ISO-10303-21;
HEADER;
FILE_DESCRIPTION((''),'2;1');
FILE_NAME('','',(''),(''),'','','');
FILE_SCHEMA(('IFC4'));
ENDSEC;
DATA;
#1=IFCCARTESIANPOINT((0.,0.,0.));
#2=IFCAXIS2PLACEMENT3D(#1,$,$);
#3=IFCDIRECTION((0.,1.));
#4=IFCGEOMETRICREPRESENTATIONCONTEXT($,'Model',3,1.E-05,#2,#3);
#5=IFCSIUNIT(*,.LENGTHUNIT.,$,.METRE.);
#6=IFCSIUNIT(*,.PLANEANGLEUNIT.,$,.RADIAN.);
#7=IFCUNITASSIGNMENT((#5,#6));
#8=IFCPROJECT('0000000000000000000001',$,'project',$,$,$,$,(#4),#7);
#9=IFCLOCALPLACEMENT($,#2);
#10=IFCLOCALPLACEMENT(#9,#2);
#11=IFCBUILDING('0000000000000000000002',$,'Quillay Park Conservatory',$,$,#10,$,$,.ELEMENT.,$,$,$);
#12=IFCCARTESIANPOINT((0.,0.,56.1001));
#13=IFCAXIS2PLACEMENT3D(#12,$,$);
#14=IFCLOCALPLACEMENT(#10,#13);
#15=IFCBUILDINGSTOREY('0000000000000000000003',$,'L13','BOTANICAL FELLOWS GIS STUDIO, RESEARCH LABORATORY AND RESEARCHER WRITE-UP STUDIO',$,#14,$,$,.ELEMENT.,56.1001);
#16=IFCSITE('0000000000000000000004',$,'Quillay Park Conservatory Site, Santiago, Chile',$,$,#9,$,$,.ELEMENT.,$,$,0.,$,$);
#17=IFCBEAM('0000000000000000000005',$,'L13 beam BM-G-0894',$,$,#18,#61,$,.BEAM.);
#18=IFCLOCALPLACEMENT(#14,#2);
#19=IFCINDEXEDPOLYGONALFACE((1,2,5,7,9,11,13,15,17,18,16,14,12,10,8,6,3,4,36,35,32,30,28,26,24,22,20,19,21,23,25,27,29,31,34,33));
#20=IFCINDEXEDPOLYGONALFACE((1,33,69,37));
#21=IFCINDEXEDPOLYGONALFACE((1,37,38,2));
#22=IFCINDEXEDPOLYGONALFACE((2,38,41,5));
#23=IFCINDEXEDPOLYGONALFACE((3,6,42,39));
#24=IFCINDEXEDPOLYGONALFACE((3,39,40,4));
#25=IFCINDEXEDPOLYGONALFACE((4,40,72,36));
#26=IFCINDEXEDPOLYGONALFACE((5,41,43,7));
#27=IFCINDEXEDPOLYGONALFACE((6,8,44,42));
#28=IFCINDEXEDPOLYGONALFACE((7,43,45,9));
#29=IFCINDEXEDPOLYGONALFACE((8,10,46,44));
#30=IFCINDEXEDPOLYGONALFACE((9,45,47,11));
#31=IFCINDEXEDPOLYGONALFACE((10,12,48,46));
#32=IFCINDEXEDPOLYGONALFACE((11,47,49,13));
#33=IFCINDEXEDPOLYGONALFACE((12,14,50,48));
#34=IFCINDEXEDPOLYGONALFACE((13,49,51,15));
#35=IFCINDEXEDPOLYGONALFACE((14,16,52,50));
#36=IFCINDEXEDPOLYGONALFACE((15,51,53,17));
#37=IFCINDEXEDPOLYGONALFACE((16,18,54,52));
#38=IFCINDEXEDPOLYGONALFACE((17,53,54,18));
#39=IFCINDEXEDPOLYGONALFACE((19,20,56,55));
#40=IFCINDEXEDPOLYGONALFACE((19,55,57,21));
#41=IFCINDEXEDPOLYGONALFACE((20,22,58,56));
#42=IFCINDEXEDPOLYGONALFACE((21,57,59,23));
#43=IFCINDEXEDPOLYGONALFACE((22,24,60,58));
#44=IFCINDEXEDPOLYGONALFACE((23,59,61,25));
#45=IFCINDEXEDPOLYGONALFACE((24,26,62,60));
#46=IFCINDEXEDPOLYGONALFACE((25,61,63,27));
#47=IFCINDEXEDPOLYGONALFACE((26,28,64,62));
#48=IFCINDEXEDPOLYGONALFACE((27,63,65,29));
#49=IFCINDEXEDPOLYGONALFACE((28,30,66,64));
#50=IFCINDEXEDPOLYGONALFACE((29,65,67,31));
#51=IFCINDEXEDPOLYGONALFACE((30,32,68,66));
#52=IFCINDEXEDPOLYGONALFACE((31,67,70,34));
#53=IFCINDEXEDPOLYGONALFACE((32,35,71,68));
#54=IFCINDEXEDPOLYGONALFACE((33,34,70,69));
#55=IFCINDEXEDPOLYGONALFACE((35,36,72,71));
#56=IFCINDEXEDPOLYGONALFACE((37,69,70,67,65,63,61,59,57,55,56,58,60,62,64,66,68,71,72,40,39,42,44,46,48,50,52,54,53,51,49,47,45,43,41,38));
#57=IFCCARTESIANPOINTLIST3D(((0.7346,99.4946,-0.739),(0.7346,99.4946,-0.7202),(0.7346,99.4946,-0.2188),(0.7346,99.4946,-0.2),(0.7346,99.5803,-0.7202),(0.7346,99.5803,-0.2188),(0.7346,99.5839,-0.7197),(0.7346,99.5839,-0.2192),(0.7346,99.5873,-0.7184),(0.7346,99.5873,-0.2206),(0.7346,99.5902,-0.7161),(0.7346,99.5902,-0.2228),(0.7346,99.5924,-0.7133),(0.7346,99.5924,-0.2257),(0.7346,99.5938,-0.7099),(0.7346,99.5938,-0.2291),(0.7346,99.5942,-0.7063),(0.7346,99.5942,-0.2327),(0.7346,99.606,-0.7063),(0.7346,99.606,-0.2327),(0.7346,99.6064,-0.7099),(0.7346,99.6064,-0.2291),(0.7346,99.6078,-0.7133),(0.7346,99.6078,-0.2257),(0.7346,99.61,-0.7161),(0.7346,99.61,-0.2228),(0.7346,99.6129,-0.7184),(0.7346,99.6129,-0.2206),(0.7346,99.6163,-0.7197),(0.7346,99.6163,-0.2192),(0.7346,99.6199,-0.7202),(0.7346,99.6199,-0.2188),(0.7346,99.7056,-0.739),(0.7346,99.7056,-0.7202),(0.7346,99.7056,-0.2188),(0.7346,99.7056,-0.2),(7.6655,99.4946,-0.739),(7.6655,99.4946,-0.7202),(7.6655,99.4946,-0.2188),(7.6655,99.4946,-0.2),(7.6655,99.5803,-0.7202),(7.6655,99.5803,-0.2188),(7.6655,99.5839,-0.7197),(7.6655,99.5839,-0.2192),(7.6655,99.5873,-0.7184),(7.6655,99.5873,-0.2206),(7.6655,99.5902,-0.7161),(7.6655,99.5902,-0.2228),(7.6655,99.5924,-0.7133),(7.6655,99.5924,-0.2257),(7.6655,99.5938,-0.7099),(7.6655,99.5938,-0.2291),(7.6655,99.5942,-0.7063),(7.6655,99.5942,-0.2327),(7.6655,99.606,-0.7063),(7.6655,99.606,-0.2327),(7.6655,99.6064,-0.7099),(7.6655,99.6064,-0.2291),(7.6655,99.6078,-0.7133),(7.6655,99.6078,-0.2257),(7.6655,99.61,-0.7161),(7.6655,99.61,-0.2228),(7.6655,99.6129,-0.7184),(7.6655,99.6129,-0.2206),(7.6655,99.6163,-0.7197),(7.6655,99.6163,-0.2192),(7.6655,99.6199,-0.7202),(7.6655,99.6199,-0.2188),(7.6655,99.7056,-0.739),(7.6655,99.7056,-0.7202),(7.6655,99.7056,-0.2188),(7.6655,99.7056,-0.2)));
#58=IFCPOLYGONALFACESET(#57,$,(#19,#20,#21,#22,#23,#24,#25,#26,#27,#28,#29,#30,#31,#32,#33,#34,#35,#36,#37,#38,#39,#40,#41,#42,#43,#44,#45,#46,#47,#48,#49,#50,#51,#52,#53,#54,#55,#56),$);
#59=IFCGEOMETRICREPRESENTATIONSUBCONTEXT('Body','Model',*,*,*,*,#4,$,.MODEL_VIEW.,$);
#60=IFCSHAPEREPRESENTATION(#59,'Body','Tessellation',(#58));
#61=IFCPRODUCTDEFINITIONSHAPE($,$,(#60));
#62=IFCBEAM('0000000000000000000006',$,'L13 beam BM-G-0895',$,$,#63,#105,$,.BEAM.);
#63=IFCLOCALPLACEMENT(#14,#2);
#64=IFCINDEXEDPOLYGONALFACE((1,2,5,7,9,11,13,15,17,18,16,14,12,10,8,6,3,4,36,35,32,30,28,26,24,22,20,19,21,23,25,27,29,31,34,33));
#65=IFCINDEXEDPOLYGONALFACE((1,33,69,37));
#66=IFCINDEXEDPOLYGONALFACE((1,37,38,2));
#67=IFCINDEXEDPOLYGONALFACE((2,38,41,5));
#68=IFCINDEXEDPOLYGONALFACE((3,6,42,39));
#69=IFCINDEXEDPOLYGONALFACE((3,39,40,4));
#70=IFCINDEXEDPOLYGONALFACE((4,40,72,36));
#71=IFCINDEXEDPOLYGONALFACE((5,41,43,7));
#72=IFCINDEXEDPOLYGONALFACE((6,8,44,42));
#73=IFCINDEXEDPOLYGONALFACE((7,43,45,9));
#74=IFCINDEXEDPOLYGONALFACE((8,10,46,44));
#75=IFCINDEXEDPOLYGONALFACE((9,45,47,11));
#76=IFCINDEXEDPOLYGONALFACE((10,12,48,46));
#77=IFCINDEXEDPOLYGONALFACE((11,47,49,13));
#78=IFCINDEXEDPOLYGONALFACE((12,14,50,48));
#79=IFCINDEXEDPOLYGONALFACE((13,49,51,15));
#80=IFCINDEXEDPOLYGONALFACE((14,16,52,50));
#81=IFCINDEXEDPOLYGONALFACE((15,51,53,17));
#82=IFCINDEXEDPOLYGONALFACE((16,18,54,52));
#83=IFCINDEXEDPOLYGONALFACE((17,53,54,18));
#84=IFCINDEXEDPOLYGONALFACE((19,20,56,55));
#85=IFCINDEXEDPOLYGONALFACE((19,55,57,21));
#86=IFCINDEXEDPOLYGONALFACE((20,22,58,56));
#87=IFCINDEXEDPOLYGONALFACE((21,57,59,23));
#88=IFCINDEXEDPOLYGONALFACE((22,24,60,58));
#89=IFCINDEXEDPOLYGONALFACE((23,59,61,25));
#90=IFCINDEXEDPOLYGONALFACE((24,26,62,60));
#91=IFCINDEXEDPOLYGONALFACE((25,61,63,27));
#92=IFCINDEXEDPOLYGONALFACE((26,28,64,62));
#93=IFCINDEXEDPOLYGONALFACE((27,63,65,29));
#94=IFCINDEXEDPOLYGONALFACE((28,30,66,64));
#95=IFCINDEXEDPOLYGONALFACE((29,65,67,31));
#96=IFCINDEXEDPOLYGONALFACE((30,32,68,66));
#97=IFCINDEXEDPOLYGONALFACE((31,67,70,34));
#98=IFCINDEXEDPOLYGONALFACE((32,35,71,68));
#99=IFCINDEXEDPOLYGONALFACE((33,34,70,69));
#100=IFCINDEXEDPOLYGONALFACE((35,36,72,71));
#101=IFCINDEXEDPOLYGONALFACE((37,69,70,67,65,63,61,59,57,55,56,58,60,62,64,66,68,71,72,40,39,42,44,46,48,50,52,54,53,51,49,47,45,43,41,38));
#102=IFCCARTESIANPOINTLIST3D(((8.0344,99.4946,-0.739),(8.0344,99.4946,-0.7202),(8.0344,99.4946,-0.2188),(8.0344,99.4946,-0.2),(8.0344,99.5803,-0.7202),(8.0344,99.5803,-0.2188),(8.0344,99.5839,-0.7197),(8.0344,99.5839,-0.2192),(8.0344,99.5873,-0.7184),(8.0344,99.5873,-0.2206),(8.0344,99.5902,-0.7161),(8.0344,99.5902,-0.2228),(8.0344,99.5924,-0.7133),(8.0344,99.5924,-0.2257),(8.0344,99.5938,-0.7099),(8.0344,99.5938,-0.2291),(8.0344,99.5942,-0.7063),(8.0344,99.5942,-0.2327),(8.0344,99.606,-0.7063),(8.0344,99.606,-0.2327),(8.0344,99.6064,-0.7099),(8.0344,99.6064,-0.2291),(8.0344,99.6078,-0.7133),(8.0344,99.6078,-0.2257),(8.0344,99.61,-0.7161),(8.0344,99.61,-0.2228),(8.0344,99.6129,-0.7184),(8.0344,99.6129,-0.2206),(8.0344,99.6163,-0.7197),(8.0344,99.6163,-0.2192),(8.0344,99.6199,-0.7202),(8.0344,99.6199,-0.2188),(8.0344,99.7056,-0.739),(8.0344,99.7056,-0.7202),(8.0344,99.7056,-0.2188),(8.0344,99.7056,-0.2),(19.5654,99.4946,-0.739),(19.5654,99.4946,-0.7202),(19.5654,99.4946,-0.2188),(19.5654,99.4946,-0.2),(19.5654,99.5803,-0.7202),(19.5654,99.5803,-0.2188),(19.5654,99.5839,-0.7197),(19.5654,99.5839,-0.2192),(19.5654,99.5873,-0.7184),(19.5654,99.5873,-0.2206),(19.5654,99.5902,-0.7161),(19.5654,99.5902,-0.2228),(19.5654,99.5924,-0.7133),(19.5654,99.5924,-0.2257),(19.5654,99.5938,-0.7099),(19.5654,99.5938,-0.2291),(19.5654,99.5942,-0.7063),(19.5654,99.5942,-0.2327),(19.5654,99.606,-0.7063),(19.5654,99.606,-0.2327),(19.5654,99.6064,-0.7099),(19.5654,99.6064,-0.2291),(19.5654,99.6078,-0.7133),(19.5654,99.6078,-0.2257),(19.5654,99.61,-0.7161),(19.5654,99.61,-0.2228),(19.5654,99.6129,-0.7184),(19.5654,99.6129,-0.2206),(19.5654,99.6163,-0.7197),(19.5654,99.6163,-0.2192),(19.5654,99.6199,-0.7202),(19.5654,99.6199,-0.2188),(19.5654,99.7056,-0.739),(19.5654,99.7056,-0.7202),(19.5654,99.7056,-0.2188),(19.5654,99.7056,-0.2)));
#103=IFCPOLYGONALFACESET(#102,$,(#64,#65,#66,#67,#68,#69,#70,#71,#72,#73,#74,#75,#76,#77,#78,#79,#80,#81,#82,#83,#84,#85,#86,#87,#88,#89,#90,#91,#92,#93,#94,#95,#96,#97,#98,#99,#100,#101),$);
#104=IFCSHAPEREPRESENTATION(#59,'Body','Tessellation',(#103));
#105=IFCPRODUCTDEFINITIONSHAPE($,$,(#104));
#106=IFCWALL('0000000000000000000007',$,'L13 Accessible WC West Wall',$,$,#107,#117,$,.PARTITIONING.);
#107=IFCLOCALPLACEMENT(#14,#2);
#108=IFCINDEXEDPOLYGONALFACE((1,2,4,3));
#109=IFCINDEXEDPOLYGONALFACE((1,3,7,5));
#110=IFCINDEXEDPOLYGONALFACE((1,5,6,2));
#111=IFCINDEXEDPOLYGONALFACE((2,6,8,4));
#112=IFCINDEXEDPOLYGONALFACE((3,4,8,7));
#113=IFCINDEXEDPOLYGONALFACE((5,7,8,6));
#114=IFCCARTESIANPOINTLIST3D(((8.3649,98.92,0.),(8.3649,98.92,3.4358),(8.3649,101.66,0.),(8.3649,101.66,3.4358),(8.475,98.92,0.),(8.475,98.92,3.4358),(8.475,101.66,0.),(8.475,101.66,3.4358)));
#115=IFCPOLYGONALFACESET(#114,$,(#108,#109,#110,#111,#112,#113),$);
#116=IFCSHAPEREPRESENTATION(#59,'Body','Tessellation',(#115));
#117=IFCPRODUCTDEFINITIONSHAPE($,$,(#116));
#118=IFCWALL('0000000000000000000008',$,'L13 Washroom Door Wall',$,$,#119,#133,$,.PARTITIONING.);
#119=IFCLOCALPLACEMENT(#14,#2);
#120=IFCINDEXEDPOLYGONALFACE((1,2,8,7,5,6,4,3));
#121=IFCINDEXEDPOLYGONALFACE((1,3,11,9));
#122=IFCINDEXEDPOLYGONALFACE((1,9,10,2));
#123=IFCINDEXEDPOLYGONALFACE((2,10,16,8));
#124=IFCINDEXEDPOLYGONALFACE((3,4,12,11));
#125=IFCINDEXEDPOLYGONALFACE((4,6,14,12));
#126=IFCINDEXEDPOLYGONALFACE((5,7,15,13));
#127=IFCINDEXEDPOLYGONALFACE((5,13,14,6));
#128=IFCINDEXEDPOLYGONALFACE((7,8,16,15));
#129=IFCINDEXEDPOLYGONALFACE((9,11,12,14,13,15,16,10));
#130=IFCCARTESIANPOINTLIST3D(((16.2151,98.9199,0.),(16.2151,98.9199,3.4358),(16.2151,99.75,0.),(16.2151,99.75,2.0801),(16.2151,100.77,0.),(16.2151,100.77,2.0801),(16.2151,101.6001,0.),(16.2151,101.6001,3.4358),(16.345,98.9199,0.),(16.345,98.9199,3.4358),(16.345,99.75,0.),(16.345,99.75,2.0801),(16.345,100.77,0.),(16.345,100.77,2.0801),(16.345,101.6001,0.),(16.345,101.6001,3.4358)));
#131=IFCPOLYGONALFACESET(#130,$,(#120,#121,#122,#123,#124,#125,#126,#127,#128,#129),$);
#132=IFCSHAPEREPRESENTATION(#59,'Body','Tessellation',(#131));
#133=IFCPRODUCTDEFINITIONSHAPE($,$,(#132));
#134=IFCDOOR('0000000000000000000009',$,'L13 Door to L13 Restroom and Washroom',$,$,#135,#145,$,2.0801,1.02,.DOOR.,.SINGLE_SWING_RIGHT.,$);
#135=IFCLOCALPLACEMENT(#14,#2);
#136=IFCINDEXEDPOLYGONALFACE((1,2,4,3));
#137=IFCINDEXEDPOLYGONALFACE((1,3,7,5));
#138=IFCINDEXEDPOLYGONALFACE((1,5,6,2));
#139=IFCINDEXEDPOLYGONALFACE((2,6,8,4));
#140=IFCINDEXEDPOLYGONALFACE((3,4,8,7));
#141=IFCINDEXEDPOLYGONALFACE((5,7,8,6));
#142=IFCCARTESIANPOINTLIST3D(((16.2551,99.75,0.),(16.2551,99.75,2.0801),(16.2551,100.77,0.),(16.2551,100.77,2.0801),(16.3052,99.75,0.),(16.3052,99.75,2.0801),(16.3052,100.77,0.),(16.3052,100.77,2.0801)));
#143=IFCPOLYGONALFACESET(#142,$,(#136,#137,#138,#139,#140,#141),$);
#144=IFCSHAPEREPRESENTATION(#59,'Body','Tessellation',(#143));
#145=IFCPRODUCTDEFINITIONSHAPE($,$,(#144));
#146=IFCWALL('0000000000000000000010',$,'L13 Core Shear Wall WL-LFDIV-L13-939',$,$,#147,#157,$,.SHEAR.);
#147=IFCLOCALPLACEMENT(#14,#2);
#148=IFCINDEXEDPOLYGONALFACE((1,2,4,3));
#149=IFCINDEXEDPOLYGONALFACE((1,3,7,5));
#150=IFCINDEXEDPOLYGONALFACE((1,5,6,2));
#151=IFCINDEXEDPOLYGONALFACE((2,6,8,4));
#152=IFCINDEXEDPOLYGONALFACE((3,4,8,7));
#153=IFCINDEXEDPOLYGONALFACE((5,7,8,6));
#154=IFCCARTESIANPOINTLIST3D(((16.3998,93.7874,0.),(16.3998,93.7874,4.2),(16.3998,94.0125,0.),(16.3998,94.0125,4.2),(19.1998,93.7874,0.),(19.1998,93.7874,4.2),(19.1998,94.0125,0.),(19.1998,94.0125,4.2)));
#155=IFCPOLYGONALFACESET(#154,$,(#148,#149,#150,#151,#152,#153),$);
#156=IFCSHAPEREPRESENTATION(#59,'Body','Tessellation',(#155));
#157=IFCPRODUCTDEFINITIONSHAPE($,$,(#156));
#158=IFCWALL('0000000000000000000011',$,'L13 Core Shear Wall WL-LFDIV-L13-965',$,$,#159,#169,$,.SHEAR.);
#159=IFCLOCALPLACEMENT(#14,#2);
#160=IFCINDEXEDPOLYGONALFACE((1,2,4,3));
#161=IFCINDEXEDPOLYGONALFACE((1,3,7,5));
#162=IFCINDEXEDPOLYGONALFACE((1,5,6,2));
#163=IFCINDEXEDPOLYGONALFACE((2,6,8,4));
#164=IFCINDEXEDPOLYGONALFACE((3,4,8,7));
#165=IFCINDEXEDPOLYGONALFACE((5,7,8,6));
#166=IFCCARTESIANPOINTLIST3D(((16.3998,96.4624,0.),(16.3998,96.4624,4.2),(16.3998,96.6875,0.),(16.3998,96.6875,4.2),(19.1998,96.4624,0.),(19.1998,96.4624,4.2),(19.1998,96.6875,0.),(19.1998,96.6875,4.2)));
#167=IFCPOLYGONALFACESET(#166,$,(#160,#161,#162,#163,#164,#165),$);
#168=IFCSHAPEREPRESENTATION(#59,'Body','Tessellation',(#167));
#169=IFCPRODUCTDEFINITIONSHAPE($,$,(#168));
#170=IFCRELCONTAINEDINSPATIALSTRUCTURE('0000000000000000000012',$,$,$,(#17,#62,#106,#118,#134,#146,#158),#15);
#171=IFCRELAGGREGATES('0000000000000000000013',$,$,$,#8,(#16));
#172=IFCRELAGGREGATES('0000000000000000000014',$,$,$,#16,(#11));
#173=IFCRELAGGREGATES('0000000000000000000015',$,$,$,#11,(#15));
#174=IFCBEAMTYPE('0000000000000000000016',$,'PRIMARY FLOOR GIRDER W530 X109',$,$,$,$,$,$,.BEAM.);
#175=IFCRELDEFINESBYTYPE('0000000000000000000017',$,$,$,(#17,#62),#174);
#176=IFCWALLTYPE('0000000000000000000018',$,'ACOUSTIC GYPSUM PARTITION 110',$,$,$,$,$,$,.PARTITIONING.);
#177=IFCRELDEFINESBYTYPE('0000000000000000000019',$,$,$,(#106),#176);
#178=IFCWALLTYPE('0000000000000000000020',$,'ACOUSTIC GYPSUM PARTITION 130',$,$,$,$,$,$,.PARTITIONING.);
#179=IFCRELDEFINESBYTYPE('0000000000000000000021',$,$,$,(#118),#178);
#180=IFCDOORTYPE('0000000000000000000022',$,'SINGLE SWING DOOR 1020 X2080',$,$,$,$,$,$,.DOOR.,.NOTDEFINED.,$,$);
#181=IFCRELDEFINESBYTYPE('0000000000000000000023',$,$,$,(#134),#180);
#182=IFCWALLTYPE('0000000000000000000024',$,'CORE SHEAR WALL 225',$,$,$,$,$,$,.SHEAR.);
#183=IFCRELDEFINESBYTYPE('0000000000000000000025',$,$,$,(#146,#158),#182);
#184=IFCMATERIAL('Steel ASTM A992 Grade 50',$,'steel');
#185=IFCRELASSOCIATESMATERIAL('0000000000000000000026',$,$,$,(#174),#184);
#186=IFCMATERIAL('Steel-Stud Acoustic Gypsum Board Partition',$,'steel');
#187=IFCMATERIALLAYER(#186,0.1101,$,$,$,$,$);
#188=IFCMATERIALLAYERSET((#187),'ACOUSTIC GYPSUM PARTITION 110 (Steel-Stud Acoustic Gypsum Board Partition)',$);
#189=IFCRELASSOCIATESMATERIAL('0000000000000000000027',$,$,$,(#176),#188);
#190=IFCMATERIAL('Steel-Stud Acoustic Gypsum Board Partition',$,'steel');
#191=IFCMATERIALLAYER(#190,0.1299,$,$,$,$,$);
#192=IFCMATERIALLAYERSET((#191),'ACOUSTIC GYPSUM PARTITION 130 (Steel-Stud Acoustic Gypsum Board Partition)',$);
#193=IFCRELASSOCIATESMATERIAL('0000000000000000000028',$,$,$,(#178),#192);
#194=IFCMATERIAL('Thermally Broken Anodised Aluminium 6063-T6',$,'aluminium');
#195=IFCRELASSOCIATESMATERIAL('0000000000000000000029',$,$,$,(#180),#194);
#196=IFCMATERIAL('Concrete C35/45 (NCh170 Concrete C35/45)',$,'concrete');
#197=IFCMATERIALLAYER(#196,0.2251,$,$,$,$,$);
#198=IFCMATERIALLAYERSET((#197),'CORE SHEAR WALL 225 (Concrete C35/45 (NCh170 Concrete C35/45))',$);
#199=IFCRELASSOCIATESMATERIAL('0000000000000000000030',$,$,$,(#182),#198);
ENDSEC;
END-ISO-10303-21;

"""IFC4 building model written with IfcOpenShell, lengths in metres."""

from ifc_helpers import new_model, si_unit, direction, frame, frame_2d, origin, origin_2d, place, context, subcontext, project, spatial, rectangle, i_section, extrude, material, layer, layer_set, material_profile, profile_set, type_object, element, fill, save


model = new_model("IFC4")

# Units and contexts
model_context = context("Model", 3, precision=1e-05, world=origin(), true_north=direction((0.0, 1.0)))
body_context = subcontext(model_context, "Body", "Model", "MODEL_VIEW")
ifc_project = project(units=[si_unit("LENGTHUNIT", "METRE"), si_unit("PLANEANGLEUNIT", "RADIAN")], contexts=[model_context])

# Site, building, storey
site_placement = place(None, origin())
site = spatial("IfcSite", under=ifc_project, at=site_placement, Name="Quillay Park Conservatory Site, Santiago, Chile", CompositionType="ELEMENT", RefElevation=0.0)
building_placement = place(site_placement, origin())
building = spatial("IfcBuilding", under=site, at=building_placement, Name="Quillay Park Conservatory", CompositionType="ELEMENT")
storey_placement = place(building_placement, frame((0.0, 0.0, 56.1001)))
storey = spatial("IfcBuildingStorey", under=building, at=storey_placement, Name="L13", Description="BOTANICAL FELLOWS GIS STUDIO, RESEARCH LABORATORY AND RESEARCHER WRITE-UP STUDIO", CompositionType="ELEMENT", Elevation=56.1001)

# Beams
ifc_material_1 = material(Name="Steel ASTM A992 Grade 50", Category="steel")
ifc_material_profile_1 = material_profile(ifc_material_1, i_section(OverallWidth=0.2109, OverallDepth=0.5391, WebThickness=0.0117, FlangeThickness=0.0188, FilletRadius=0.0139, at=origin_2d()), Name="W530x109")
ifc_profile_set_1 = profile_set([ifc_material_profile_1], Name="Steel ASTM A992 Grade 50")
beam_type_1 = type_object("IfcBeamType", Name="PRIMARY FLOOR GIRDER W530 X109", PredefinedType="BEAM", material=ifc_profile_set_1)
beam_1_placement = place(storey_placement, frame((0.7346, 99.6001, -0.4695), z_axis=(1.0, 0.0, 0.0), x_axis=(0.0, 1.0, 0.0)))
element("IfcBeam", 1, at=beam_1_placement, inside=storey, type_object=beam_type_1, Name="L13 beam BM-G-0894", PredefinedType="BEAM", context=body_context, shape_type="SweptSolid", body=[
    extrude(i_section(OverallWidth=0.2109, OverallDepth=0.5391, WebThickness=0.0117, FlangeThickness=0.0188, FilletRadius=0.0139, at=origin_2d()), origin(), (0.0, 0.0, 1.0), 6.9309),
])
beam_2_placement = place(storey_placement, frame((8.0344, 99.6001, -0.4695), z_axis=(1.0, 0.0, 0.0), x_axis=(0.0, 1.0, 0.0)))
element("IfcBeam", 2, at=beam_2_placement, inside=storey, type_object=beam_type_1, Name="L13 beam BM-G-0895", PredefinedType="BEAM", context=body_context, shape_type="SweptSolid", body=[
    extrude(i_section(OverallWidth=0.2109, OverallDepth=0.5391, WebThickness=0.0117, FlangeThickness=0.0188, FilletRadius=0.0139, at=origin_2d()), origin(), (0.0, 0.0, 1.0), 11.531),
])

# Wall
ifc_material_2 = material(Name="Steel-Stud Acoustic Gypsum Board Partition", Category="steel")
ifc_layer_1 = layer(ifc_material_2, 0.1101)
ifc_layer_set_1 = layer_set([ifc_layer_1], Name="ACOUSTIC GYPSUM PARTITION 110 (Steel-Stud Acoustic Gypsum Board Partition)")
wall_type_1 = type_object("IfcWallType", Name="ACOUSTIC GYPSUM PARTITION 110", PredefinedType="PARTITIONING", material=ifc_layer_set_1)
wall_1_placement = place(storey_placement, frame((8.4199, 98.9199, 0.0), z_axis=(0.0, 0.0, 1.0), x_axis=(0.0, 1.0, 0.0)))
element("IfcWall", 3, at=wall_1_placement, inside=storey, type_object=wall_type_1, Name="L13 Accessible WC West Wall", PredefinedType="PARTITIONING", context=body_context, shape_type="SweptSolid", body=[
    extrude(rectangle(XDim=2.74, YDim=0.1101, at=frame_2d((1.3701, 0.0))), origin(), (0.0, 0.0, 1.0), 3.4358),
])

# Wall, opening, door
ifc_material_3 = material(Name="Steel-Stud Acoustic Gypsum Board Partition", Category="steel")
ifc_layer_2 = layer(ifc_material_3, 0.1299)
ifc_layer_set_2 = layer_set([ifc_layer_2], Name="ACOUSTIC GYPSUM PARTITION 130 (Steel-Stud Acoustic Gypsum Board Partition)")
wall_type_2 = type_object("IfcWallType", Name="ACOUSTIC GYPSUM PARTITION 130", PredefinedType="PARTITIONING", material=ifc_layer_set_2)
wall_2_placement = place(storey_placement, frame((16.28, 98.9199, 0.0), z_axis=(0.0, 0.0, 1.0), x_axis=(0.0, 1.0, 0.0)))
wall_2 = element("IfcWall", 4, at=wall_2_placement, inside=storey, type_object=wall_type_2, Name="L13 Washroom Door Wall", PredefinedType="PARTITIONING", context=body_context, shape_type="SweptSolid", body=[
    extrude(rectangle(XDim=2.6802, YDim=0.1299, at=frame_2d((1.3401, 0.0))), origin(), (0.0, 0.0, 1.0), 3.4358),
])
opening_1_placement = place(wall_2_placement, frame((0.8301, 0.0, 0.0)))
opening_1 = element("IfcOpeningElement", 5, at=opening_1_placement, cuts=wall_2, PredefinedType="OPENING", context=body_context, shape_type="SweptSolid", body=[
    extrude(rectangle(XDim=1.02, YDim=2.0801, at=frame_2d((0.51, 1.04))), frame((0.0, 0.0649, 0.0), z_axis=(0.0, -1.0, 0.0), x_axis=(1.0, 0.0, 0.0)), (0.0, 0.0, 1.0), 0.1299),
])
ifc_material_4 = material(Name="Thermally Broken Anodised Aluminium 6063-T6", Category="aluminium")
door_type_1 = type_object("IfcDoorType", Name="SINGLE SWING DOOR 1020 X2080", OperationType="NOTDEFINED", PredefinedType="DOOR", material=ifc_material_4)
door_1_placement = place(opening_1_placement, origin())
door_1 = element("IfcDoor", 6, at=door_1_placement, inside=storey, type_object=door_type_1, Name="L13 Door to L13 Restroom and Washroom", OperationType="SINGLE_SWING_RIGHT", OverallHeight=2.0801, OverallWidth=1.02, PredefinedType="DOOR", context=body_context, shape_type="SweptSolid", body=[
    extrude(rectangle(XDim=1.02, YDim=2.0801, at=frame_2d((0.51, 1.04))), frame((0.0, 0.0249, 0.0), z_axis=(0.0, -1.0, 0.0), x_axis=(1.0, 0.0, 0.0)), (0.0, 0.0, 1.0), 0.05),
])
fill(opening_1, door_1)

# Walls
ifc_material_5 = material(Name="Concrete C35/45 (NCh170 Concrete C35/45)", Category="concrete")
ifc_layer_3 = layer(ifc_material_5, 0.2251)
ifc_layer_set_3 = layer_set([ifc_layer_3], Name="CORE SHEAR WALL 225 (Concrete C35/45 (NCh170 Concrete C35/45))")
wall_type_3 = type_object("IfcWallType", Name="CORE SHEAR WALL 225", PredefinedType="SHEAR", material=ifc_layer_set_3)
for number, where, z_axis, x_axis, name in (
    (7, (16.3999, 93.8999, 0.0), (0.0, 0.0, 1.0), (1.0, 0.0, 0.0), "L13 Core Shear Wall WL-LFDIV-L13-939"),
    (8, (16.3999, 96.575, 0.0), (0.0, 0.0, 1.0), (1.0, 0.0, 0.0), "L13 Core Shear Wall WL-LFDIV-L13-965"),
):
    element("IfcWall", number, at=place(storey_placement, frame(where, z_axis=z_axis, x_axis=x_axis)), inside=storey, type_object=wall_type_3, Name=name, PredefinedType="SHEAR", context=body_context, shape_type="SweptSolid", body=[
        extrude(rectangle(XDim=2.8, YDim=0.2251, at=frame_2d((1.3999, 0.0))), origin(), (0.0, 0.0, 1.0), 4.2),
    ])

save(model, "model.ifc")
